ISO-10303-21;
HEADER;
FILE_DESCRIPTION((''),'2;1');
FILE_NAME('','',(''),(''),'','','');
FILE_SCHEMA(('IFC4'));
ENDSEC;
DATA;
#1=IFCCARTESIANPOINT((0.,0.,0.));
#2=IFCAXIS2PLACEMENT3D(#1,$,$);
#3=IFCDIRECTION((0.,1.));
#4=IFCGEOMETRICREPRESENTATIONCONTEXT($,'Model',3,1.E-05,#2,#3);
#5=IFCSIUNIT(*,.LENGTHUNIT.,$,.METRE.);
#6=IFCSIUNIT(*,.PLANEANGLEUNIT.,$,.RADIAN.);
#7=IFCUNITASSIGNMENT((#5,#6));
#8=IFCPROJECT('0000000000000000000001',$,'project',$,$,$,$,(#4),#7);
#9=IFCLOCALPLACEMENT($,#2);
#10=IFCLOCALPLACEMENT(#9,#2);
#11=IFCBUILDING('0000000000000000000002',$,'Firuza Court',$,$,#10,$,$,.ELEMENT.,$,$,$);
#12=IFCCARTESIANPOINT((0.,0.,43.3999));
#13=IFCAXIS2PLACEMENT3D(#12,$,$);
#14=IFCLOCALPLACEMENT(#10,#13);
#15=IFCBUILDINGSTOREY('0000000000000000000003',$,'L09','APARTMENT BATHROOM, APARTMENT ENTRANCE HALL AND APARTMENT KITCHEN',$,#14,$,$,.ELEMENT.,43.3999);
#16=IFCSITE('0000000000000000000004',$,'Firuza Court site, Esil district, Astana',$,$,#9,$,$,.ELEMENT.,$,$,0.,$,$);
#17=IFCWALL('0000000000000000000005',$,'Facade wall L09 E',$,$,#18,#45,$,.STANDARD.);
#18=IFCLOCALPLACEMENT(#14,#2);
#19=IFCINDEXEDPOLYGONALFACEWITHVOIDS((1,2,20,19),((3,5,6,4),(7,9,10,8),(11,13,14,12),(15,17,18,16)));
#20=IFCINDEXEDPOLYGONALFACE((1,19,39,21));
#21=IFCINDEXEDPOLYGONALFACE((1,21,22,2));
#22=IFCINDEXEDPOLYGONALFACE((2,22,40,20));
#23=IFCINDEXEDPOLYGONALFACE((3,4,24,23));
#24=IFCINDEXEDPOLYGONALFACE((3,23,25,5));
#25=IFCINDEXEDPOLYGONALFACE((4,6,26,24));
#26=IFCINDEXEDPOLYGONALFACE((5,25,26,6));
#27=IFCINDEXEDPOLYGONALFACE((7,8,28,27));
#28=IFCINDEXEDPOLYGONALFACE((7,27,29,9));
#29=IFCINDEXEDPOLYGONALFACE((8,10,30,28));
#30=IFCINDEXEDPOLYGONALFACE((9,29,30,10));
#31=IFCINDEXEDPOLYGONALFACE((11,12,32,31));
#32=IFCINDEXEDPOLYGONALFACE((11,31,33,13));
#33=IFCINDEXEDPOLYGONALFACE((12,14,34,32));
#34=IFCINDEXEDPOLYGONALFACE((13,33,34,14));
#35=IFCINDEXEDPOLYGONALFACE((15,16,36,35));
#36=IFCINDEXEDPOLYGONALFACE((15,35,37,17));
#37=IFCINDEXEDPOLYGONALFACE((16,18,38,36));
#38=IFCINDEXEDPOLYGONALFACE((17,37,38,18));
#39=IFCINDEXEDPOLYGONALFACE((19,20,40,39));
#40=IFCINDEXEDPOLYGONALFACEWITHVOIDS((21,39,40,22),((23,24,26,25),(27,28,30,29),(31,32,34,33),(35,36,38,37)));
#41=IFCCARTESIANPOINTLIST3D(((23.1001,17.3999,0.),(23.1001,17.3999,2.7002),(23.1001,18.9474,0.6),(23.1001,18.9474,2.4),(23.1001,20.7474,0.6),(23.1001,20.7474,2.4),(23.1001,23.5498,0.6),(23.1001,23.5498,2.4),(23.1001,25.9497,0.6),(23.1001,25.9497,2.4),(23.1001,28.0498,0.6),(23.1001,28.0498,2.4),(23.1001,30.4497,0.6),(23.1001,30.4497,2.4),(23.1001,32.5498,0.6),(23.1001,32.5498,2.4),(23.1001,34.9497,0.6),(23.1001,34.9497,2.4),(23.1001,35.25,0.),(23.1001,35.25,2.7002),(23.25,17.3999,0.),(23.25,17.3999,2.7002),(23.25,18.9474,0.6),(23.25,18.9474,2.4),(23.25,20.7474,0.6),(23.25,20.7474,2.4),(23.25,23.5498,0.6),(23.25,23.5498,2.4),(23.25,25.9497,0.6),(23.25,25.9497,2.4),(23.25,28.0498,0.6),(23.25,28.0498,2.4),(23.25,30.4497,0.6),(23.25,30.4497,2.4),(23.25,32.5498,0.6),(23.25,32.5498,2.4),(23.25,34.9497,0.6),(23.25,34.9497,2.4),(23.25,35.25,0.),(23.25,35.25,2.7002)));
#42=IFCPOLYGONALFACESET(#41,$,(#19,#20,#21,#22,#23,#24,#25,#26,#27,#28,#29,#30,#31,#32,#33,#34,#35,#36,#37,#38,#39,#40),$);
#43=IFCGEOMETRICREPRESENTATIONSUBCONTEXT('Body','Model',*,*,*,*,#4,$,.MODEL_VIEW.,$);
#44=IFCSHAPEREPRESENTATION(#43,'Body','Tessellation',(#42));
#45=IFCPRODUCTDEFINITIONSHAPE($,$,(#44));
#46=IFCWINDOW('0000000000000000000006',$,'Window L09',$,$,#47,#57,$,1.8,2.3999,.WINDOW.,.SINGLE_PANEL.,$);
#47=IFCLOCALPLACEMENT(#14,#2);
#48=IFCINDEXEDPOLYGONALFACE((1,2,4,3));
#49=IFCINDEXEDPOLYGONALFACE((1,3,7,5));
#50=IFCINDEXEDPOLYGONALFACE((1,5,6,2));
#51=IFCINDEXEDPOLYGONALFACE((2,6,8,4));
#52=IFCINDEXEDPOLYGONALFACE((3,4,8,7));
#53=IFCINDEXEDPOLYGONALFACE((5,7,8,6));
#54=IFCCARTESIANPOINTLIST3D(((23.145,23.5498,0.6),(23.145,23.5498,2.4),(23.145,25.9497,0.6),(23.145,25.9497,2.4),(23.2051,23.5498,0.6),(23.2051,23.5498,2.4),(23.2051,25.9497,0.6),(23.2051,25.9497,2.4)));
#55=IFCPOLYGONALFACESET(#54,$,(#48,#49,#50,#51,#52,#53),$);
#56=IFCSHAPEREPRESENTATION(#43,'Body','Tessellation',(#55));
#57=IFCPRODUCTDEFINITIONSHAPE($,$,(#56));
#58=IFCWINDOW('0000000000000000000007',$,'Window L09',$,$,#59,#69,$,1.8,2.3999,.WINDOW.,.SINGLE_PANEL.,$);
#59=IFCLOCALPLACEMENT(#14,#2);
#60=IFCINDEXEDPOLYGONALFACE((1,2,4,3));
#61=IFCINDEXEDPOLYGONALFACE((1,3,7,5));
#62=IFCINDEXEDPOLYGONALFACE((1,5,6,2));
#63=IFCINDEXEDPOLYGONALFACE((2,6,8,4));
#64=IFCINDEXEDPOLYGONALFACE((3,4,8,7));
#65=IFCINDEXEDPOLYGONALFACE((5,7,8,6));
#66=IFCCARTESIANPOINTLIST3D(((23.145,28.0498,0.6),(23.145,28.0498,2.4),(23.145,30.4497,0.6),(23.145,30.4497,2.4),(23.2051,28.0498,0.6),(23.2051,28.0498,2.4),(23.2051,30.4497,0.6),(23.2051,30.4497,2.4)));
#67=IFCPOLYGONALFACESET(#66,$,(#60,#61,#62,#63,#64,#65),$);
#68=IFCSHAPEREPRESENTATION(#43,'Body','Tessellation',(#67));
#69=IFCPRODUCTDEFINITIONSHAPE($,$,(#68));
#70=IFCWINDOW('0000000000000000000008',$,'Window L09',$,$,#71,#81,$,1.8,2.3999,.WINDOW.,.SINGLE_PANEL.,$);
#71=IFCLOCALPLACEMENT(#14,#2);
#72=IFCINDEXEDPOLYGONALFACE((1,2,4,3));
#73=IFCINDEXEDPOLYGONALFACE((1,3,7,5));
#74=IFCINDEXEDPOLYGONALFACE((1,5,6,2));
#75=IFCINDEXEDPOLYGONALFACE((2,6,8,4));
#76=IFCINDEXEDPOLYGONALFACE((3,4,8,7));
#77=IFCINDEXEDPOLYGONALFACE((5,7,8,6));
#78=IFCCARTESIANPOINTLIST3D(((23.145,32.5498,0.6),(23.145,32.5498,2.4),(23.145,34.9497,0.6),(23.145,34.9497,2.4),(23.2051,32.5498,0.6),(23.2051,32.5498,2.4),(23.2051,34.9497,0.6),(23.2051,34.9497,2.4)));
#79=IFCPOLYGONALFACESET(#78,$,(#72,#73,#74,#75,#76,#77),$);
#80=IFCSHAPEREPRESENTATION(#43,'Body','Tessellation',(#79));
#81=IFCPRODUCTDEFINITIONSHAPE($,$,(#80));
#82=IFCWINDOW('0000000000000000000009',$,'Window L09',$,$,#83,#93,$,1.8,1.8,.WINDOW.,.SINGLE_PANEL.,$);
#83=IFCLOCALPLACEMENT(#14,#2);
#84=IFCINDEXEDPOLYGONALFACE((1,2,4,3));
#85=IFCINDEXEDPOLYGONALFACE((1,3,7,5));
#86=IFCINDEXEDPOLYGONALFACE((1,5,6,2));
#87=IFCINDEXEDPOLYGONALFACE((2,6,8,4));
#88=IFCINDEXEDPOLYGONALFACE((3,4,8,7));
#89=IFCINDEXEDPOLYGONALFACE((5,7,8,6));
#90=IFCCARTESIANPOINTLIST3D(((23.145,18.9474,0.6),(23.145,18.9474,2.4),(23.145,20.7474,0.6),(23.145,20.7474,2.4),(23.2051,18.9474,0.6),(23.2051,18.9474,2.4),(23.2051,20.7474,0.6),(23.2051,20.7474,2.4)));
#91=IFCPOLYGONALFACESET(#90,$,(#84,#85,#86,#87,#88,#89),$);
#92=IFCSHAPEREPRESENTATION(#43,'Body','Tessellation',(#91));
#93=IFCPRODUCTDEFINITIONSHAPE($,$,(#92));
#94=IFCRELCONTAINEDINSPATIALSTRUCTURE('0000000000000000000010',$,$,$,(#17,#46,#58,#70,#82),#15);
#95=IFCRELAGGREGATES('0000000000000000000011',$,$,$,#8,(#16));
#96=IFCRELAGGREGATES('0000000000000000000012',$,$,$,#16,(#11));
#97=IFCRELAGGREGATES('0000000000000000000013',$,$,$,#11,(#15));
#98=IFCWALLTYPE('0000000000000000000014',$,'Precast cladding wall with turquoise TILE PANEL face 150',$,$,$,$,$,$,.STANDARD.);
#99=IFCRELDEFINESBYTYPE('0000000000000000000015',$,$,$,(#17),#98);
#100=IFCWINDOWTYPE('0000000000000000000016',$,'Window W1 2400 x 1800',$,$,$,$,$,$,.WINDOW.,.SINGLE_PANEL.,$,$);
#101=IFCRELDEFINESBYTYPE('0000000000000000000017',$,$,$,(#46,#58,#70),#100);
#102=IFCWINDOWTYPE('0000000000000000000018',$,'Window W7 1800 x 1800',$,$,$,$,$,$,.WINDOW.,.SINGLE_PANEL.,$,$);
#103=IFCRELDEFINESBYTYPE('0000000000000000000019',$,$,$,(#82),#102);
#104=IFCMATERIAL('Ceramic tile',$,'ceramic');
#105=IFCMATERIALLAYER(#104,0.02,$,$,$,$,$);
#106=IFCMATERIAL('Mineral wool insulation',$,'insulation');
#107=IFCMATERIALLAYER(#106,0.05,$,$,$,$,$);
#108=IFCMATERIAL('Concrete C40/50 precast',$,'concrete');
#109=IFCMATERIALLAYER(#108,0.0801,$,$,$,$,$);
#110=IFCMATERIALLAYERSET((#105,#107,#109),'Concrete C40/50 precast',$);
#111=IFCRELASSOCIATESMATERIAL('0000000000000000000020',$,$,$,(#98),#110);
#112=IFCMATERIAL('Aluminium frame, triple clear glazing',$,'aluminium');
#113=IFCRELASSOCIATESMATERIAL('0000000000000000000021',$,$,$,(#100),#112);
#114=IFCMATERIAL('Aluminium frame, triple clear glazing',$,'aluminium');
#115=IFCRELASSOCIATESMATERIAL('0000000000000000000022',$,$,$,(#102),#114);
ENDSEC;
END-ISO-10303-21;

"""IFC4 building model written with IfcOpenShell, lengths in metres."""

from ifc_helpers import new_model, si_unit, direction, frame, frame_2d, origin, place, context, subcontext, project, spatial, rectangle, extrude, material, layer, layer_set, type_object, element, fill, save


model = new_model("IFC4")

# Units and contexts
model_context = context("Model", 3, precision=1e-05, world=origin(), true_north=direction((0.0, 1.0)))
body_context = subcontext(model_context, "Body", "Model", "MODEL_VIEW")
ifc_project = project(units=[si_unit("LENGTHUNIT", "METRE"), si_unit("PLANEANGLEUNIT", "RADIAN")], contexts=[model_context])

# Site, building, storey
site_placement = place(None, origin())
site = spatial("IfcSite", under=ifc_project, at=site_placement, Name="Firuza Court site, Esil district, Astana", CompositionType="ELEMENT", RefElevation=0.0)
building_placement = place(site_placement, origin())
building = spatial("IfcBuilding", under=site, at=building_placement, Name="Firuza Court", CompositionType="ELEMENT")
storey_placement = place(building_placement, frame((0.0, 0.0, 43.3999)))
storey = spatial("IfcBuildingStorey", under=building, at=storey_placement, Name="L09", Description="APARTMENT BATHROOM, APARTMENT ENTRANCE HALL AND APARTMENT KITCHEN", CompositionType="ELEMENT", Elevation=43.3999)

# Wall, openings, windows
ifc_material_1 = material(Name="Ceramic tile", Category="ceramic")
ifc_layer_1 = layer(ifc_material_1, 0.02)
ifc_material_2 = material(Name="Mineral wool insulation", Category="insulation")
ifc_layer_2 = layer(ifc_material_2, 0.05)
ifc_material_3 = material(Name="Concrete C40/50 precast", Category="concrete")
ifc_layer_3 = layer(ifc_material_3, 0.0801)
ifc_layer_set = layer_set([ifc_layer_1, ifc_layer_2, ifc_layer_3], Name="Concrete C40/50 precast")
wall_type = type_object("IfcWallType", Name="Precast cladding wall with turquoise TILE PANEL face 150", PredefinedType="STANDARD", material=ifc_layer_set)
ifc_material_4 = material(Name="Aluminium frame, triple clear glazing", Category="aluminium")
window_type_1 = type_object("IfcWindowType", Name="Window W1 2400 x 1800", PartitioningType="SINGLE_PANEL", PredefinedType="WINDOW", material=ifc_material_4)
wall_1_placement = place(storey_placement, frame((23.175, 17.3999, 0.0), z_axis=(0.0, 0.0, 1.0), x_axis=(0.0, 1.0, 0.0)))
wall_1 = element("IfcWall", 1, at=wall_1_placement, inside=storey, type_object=wall_type, Name="Facade wall L09 E", PredefinedType="STANDARD", context=body_context, shape_type="SweptSolid", body=[
    extrude(rectangle(XDim=17.8501, YDim=0.1499, at=frame_2d((8.925, 0.0))), origin(), (0.0, 0.0, 1.0), 2.7002),
])
opening_1_placement = place(wall_1_placement, frame((1.5476, 0.0, 0.6001)))
opening_1 = element("IfcOpeningElement", 2, at=opening_1_placement, cuts=wall_1, PredefinedType="OPENING", context=body_context, shape_type="SweptSolid", body=[
    extrude(rectangle(XDim=1.8, YDim=1.8, at=frame_2d((0.8999, 0.8999))), frame((0.0, 0.0869, 0.0), z_axis=(0.0, -1.0, 0.0), x_axis=(1.0, 0.0, 0.0)), (0.0, 0.0, 1.0), 0.1738),
])
opening_2_placement = place(wall_1_placement, frame((6.1499, 0.0, 0.6001)))
opening_2 = element("IfcOpeningElement", 3, at=opening_2_placement, cuts=wall_1, PredefinedType="OPENING", context=body_context, shape_type="SweptSolid", body=[
    extrude(rectangle(XDim=2.3999, YDim=1.8, at=frame_2d((1.2, 0.8999))), frame((0.0, 0.0869, 0.0), z_axis=(0.0, -1.0, 0.0), x_axis=(1.0, 0.0, 0.0)), (0.0, 0.0, 1.0), 0.1738),
])
opening_3_placement = place(wall_1_placement, frame((10.6499, 0.0, 0.6001)))
opening_3 = element("IfcOpeningElement", 4, at=opening_3_placement, cuts=wall_1, PredefinedType="OPENING", context=body_context, shape_type="SweptSolid", body=[
    extrude(rectangle(XDim=2.3999, YDim=1.8, at=frame_2d((1.2, 0.8999))), frame((0.0, 0.0869, 0.0), z_axis=(0.0, -1.0, 0.0), x_axis=(1.0, 0.0, 0.0)), (0.0, 0.0, 1.0), 0.1738),
])
opening_4_placement = place(wall_1_placement, frame((15.1499, 0.0, 0.6001)))
opening_4 = element("IfcOpeningElement", 5, at=opening_4_placement, cuts=wall_1, PredefinedType="OPENING", context=body_context, shape_type="SweptSolid", body=[
    extrude(rectangle(XDim=2.3999, YDim=1.8, at=frame_2d((1.2, 0.8999))), frame((0.0, 0.0869, 0.0), z_axis=(0.0, -1.0, 0.0), x_axis=(1.0, 0.0, 0.0)), (0.0, 0.0, 1.0), 0.1738),
])
window_1_placement = place(opening_2_placement, origin())
window_1 = element("IfcWindow", 6, at=window_1_placement, inside=storey, type_object=window_type_1, Name="Window L09", OverallHeight=1.8, OverallWidth=2.3999, PartitioningType="SINGLE_PANEL", PredefinedType="WINDOW", context=body_context, shape_type="SweptSolid", body=[
    extrude(rectangle(XDim=2.3999, YDim=1.8, at=frame_2d((1.2, 0.8999))), frame((0.0, 0.03, 0.0), z_axis=(0.0, -1.0, 0.0), x_axis=(1.0, 0.0, 0.0)), (0.0, 0.0, 1.0), 0.0601),
])
fill(opening_2, window_1)
window_2_placement = place(opening_3_placement, origin())
window_2 = element("IfcWindow", 7, at=window_2_placement, inside=storey, type_object=window_type_1, Name="Window L09", OverallHeight=1.8, OverallWidth=2.3999, PartitioningType="SINGLE_PANEL", PredefinedType="WINDOW", context=body_context, shape_type="SweptSolid", body=[
    extrude(rectangle(XDim=2.3999, YDim=1.8, at=frame_2d((1.2, 0.8999))), frame((0.0, 0.03, 0.0), z_axis=(0.0, -1.0, 0.0), x_axis=(1.0, 0.0, 0.0)), (0.0, 0.0, 1.0), 0.0601),
])
fill(opening_3, window_2)
window_3_placement = place(opening_4_placement, origin())
window_3 = element("IfcWindow", 8, at=window_3_placement, inside=storey, type_object=window_type_1, Name="Window L09", OverallHeight=1.8, OverallWidth=2.3999, PartitioningType="SINGLE_PANEL", PredefinedType="WINDOW", context=body_context, shape_type="SweptSolid", body=[
    extrude(rectangle(XDim=2.3999, YDim=1.8, at=frame_2d((1.2, 0.8999))), frame((0.0, 0.03, 0.0), z_axis=(0.0, -1.0, 0.0), x_axis=(1.0, 0.0, 0.0)), (0.0, 0.0, 1.0), 0.0601),
])
fill(opening_4, window_3)
ifc_material_5 = material(Name="Aluminium frame, triple clear glazing", Category="aluminium")
window_type_2 = type_object("IfcWindowType", Name="Window W7 1800 x 1800", PartitioningType="SINGLE_PANEL", PredefinedType="WINDOW", material=ifc_material_5)
window_4_placement = place(opening_1_placement, origin())
window_4 = element("IfcWindow", 9, at=window_4_placement, inside=storey, type_object=window_type_2, Name="Window L09", OverallHeight=1.8, OverallWidth=1.8, PartitioningType="SINGLE_PANEL", PredefinedType="WINDOW", context=body_context, shape_type="SweptSolid", body=[
    extrude(rectangle(XDim=1.8, YDim=1.8, at=frame_2d((0.8999, 0.8999))), frame((0.0, 0.03, 0.0), z_axis=(0.0, -1.0, 0.0), x_axis=(1.0, 0.0, 0.0)), (0.0, 0.0, 1.0), 0.0601),
])
fill(opening_1, window_4)

save(model, "model.ifc")
